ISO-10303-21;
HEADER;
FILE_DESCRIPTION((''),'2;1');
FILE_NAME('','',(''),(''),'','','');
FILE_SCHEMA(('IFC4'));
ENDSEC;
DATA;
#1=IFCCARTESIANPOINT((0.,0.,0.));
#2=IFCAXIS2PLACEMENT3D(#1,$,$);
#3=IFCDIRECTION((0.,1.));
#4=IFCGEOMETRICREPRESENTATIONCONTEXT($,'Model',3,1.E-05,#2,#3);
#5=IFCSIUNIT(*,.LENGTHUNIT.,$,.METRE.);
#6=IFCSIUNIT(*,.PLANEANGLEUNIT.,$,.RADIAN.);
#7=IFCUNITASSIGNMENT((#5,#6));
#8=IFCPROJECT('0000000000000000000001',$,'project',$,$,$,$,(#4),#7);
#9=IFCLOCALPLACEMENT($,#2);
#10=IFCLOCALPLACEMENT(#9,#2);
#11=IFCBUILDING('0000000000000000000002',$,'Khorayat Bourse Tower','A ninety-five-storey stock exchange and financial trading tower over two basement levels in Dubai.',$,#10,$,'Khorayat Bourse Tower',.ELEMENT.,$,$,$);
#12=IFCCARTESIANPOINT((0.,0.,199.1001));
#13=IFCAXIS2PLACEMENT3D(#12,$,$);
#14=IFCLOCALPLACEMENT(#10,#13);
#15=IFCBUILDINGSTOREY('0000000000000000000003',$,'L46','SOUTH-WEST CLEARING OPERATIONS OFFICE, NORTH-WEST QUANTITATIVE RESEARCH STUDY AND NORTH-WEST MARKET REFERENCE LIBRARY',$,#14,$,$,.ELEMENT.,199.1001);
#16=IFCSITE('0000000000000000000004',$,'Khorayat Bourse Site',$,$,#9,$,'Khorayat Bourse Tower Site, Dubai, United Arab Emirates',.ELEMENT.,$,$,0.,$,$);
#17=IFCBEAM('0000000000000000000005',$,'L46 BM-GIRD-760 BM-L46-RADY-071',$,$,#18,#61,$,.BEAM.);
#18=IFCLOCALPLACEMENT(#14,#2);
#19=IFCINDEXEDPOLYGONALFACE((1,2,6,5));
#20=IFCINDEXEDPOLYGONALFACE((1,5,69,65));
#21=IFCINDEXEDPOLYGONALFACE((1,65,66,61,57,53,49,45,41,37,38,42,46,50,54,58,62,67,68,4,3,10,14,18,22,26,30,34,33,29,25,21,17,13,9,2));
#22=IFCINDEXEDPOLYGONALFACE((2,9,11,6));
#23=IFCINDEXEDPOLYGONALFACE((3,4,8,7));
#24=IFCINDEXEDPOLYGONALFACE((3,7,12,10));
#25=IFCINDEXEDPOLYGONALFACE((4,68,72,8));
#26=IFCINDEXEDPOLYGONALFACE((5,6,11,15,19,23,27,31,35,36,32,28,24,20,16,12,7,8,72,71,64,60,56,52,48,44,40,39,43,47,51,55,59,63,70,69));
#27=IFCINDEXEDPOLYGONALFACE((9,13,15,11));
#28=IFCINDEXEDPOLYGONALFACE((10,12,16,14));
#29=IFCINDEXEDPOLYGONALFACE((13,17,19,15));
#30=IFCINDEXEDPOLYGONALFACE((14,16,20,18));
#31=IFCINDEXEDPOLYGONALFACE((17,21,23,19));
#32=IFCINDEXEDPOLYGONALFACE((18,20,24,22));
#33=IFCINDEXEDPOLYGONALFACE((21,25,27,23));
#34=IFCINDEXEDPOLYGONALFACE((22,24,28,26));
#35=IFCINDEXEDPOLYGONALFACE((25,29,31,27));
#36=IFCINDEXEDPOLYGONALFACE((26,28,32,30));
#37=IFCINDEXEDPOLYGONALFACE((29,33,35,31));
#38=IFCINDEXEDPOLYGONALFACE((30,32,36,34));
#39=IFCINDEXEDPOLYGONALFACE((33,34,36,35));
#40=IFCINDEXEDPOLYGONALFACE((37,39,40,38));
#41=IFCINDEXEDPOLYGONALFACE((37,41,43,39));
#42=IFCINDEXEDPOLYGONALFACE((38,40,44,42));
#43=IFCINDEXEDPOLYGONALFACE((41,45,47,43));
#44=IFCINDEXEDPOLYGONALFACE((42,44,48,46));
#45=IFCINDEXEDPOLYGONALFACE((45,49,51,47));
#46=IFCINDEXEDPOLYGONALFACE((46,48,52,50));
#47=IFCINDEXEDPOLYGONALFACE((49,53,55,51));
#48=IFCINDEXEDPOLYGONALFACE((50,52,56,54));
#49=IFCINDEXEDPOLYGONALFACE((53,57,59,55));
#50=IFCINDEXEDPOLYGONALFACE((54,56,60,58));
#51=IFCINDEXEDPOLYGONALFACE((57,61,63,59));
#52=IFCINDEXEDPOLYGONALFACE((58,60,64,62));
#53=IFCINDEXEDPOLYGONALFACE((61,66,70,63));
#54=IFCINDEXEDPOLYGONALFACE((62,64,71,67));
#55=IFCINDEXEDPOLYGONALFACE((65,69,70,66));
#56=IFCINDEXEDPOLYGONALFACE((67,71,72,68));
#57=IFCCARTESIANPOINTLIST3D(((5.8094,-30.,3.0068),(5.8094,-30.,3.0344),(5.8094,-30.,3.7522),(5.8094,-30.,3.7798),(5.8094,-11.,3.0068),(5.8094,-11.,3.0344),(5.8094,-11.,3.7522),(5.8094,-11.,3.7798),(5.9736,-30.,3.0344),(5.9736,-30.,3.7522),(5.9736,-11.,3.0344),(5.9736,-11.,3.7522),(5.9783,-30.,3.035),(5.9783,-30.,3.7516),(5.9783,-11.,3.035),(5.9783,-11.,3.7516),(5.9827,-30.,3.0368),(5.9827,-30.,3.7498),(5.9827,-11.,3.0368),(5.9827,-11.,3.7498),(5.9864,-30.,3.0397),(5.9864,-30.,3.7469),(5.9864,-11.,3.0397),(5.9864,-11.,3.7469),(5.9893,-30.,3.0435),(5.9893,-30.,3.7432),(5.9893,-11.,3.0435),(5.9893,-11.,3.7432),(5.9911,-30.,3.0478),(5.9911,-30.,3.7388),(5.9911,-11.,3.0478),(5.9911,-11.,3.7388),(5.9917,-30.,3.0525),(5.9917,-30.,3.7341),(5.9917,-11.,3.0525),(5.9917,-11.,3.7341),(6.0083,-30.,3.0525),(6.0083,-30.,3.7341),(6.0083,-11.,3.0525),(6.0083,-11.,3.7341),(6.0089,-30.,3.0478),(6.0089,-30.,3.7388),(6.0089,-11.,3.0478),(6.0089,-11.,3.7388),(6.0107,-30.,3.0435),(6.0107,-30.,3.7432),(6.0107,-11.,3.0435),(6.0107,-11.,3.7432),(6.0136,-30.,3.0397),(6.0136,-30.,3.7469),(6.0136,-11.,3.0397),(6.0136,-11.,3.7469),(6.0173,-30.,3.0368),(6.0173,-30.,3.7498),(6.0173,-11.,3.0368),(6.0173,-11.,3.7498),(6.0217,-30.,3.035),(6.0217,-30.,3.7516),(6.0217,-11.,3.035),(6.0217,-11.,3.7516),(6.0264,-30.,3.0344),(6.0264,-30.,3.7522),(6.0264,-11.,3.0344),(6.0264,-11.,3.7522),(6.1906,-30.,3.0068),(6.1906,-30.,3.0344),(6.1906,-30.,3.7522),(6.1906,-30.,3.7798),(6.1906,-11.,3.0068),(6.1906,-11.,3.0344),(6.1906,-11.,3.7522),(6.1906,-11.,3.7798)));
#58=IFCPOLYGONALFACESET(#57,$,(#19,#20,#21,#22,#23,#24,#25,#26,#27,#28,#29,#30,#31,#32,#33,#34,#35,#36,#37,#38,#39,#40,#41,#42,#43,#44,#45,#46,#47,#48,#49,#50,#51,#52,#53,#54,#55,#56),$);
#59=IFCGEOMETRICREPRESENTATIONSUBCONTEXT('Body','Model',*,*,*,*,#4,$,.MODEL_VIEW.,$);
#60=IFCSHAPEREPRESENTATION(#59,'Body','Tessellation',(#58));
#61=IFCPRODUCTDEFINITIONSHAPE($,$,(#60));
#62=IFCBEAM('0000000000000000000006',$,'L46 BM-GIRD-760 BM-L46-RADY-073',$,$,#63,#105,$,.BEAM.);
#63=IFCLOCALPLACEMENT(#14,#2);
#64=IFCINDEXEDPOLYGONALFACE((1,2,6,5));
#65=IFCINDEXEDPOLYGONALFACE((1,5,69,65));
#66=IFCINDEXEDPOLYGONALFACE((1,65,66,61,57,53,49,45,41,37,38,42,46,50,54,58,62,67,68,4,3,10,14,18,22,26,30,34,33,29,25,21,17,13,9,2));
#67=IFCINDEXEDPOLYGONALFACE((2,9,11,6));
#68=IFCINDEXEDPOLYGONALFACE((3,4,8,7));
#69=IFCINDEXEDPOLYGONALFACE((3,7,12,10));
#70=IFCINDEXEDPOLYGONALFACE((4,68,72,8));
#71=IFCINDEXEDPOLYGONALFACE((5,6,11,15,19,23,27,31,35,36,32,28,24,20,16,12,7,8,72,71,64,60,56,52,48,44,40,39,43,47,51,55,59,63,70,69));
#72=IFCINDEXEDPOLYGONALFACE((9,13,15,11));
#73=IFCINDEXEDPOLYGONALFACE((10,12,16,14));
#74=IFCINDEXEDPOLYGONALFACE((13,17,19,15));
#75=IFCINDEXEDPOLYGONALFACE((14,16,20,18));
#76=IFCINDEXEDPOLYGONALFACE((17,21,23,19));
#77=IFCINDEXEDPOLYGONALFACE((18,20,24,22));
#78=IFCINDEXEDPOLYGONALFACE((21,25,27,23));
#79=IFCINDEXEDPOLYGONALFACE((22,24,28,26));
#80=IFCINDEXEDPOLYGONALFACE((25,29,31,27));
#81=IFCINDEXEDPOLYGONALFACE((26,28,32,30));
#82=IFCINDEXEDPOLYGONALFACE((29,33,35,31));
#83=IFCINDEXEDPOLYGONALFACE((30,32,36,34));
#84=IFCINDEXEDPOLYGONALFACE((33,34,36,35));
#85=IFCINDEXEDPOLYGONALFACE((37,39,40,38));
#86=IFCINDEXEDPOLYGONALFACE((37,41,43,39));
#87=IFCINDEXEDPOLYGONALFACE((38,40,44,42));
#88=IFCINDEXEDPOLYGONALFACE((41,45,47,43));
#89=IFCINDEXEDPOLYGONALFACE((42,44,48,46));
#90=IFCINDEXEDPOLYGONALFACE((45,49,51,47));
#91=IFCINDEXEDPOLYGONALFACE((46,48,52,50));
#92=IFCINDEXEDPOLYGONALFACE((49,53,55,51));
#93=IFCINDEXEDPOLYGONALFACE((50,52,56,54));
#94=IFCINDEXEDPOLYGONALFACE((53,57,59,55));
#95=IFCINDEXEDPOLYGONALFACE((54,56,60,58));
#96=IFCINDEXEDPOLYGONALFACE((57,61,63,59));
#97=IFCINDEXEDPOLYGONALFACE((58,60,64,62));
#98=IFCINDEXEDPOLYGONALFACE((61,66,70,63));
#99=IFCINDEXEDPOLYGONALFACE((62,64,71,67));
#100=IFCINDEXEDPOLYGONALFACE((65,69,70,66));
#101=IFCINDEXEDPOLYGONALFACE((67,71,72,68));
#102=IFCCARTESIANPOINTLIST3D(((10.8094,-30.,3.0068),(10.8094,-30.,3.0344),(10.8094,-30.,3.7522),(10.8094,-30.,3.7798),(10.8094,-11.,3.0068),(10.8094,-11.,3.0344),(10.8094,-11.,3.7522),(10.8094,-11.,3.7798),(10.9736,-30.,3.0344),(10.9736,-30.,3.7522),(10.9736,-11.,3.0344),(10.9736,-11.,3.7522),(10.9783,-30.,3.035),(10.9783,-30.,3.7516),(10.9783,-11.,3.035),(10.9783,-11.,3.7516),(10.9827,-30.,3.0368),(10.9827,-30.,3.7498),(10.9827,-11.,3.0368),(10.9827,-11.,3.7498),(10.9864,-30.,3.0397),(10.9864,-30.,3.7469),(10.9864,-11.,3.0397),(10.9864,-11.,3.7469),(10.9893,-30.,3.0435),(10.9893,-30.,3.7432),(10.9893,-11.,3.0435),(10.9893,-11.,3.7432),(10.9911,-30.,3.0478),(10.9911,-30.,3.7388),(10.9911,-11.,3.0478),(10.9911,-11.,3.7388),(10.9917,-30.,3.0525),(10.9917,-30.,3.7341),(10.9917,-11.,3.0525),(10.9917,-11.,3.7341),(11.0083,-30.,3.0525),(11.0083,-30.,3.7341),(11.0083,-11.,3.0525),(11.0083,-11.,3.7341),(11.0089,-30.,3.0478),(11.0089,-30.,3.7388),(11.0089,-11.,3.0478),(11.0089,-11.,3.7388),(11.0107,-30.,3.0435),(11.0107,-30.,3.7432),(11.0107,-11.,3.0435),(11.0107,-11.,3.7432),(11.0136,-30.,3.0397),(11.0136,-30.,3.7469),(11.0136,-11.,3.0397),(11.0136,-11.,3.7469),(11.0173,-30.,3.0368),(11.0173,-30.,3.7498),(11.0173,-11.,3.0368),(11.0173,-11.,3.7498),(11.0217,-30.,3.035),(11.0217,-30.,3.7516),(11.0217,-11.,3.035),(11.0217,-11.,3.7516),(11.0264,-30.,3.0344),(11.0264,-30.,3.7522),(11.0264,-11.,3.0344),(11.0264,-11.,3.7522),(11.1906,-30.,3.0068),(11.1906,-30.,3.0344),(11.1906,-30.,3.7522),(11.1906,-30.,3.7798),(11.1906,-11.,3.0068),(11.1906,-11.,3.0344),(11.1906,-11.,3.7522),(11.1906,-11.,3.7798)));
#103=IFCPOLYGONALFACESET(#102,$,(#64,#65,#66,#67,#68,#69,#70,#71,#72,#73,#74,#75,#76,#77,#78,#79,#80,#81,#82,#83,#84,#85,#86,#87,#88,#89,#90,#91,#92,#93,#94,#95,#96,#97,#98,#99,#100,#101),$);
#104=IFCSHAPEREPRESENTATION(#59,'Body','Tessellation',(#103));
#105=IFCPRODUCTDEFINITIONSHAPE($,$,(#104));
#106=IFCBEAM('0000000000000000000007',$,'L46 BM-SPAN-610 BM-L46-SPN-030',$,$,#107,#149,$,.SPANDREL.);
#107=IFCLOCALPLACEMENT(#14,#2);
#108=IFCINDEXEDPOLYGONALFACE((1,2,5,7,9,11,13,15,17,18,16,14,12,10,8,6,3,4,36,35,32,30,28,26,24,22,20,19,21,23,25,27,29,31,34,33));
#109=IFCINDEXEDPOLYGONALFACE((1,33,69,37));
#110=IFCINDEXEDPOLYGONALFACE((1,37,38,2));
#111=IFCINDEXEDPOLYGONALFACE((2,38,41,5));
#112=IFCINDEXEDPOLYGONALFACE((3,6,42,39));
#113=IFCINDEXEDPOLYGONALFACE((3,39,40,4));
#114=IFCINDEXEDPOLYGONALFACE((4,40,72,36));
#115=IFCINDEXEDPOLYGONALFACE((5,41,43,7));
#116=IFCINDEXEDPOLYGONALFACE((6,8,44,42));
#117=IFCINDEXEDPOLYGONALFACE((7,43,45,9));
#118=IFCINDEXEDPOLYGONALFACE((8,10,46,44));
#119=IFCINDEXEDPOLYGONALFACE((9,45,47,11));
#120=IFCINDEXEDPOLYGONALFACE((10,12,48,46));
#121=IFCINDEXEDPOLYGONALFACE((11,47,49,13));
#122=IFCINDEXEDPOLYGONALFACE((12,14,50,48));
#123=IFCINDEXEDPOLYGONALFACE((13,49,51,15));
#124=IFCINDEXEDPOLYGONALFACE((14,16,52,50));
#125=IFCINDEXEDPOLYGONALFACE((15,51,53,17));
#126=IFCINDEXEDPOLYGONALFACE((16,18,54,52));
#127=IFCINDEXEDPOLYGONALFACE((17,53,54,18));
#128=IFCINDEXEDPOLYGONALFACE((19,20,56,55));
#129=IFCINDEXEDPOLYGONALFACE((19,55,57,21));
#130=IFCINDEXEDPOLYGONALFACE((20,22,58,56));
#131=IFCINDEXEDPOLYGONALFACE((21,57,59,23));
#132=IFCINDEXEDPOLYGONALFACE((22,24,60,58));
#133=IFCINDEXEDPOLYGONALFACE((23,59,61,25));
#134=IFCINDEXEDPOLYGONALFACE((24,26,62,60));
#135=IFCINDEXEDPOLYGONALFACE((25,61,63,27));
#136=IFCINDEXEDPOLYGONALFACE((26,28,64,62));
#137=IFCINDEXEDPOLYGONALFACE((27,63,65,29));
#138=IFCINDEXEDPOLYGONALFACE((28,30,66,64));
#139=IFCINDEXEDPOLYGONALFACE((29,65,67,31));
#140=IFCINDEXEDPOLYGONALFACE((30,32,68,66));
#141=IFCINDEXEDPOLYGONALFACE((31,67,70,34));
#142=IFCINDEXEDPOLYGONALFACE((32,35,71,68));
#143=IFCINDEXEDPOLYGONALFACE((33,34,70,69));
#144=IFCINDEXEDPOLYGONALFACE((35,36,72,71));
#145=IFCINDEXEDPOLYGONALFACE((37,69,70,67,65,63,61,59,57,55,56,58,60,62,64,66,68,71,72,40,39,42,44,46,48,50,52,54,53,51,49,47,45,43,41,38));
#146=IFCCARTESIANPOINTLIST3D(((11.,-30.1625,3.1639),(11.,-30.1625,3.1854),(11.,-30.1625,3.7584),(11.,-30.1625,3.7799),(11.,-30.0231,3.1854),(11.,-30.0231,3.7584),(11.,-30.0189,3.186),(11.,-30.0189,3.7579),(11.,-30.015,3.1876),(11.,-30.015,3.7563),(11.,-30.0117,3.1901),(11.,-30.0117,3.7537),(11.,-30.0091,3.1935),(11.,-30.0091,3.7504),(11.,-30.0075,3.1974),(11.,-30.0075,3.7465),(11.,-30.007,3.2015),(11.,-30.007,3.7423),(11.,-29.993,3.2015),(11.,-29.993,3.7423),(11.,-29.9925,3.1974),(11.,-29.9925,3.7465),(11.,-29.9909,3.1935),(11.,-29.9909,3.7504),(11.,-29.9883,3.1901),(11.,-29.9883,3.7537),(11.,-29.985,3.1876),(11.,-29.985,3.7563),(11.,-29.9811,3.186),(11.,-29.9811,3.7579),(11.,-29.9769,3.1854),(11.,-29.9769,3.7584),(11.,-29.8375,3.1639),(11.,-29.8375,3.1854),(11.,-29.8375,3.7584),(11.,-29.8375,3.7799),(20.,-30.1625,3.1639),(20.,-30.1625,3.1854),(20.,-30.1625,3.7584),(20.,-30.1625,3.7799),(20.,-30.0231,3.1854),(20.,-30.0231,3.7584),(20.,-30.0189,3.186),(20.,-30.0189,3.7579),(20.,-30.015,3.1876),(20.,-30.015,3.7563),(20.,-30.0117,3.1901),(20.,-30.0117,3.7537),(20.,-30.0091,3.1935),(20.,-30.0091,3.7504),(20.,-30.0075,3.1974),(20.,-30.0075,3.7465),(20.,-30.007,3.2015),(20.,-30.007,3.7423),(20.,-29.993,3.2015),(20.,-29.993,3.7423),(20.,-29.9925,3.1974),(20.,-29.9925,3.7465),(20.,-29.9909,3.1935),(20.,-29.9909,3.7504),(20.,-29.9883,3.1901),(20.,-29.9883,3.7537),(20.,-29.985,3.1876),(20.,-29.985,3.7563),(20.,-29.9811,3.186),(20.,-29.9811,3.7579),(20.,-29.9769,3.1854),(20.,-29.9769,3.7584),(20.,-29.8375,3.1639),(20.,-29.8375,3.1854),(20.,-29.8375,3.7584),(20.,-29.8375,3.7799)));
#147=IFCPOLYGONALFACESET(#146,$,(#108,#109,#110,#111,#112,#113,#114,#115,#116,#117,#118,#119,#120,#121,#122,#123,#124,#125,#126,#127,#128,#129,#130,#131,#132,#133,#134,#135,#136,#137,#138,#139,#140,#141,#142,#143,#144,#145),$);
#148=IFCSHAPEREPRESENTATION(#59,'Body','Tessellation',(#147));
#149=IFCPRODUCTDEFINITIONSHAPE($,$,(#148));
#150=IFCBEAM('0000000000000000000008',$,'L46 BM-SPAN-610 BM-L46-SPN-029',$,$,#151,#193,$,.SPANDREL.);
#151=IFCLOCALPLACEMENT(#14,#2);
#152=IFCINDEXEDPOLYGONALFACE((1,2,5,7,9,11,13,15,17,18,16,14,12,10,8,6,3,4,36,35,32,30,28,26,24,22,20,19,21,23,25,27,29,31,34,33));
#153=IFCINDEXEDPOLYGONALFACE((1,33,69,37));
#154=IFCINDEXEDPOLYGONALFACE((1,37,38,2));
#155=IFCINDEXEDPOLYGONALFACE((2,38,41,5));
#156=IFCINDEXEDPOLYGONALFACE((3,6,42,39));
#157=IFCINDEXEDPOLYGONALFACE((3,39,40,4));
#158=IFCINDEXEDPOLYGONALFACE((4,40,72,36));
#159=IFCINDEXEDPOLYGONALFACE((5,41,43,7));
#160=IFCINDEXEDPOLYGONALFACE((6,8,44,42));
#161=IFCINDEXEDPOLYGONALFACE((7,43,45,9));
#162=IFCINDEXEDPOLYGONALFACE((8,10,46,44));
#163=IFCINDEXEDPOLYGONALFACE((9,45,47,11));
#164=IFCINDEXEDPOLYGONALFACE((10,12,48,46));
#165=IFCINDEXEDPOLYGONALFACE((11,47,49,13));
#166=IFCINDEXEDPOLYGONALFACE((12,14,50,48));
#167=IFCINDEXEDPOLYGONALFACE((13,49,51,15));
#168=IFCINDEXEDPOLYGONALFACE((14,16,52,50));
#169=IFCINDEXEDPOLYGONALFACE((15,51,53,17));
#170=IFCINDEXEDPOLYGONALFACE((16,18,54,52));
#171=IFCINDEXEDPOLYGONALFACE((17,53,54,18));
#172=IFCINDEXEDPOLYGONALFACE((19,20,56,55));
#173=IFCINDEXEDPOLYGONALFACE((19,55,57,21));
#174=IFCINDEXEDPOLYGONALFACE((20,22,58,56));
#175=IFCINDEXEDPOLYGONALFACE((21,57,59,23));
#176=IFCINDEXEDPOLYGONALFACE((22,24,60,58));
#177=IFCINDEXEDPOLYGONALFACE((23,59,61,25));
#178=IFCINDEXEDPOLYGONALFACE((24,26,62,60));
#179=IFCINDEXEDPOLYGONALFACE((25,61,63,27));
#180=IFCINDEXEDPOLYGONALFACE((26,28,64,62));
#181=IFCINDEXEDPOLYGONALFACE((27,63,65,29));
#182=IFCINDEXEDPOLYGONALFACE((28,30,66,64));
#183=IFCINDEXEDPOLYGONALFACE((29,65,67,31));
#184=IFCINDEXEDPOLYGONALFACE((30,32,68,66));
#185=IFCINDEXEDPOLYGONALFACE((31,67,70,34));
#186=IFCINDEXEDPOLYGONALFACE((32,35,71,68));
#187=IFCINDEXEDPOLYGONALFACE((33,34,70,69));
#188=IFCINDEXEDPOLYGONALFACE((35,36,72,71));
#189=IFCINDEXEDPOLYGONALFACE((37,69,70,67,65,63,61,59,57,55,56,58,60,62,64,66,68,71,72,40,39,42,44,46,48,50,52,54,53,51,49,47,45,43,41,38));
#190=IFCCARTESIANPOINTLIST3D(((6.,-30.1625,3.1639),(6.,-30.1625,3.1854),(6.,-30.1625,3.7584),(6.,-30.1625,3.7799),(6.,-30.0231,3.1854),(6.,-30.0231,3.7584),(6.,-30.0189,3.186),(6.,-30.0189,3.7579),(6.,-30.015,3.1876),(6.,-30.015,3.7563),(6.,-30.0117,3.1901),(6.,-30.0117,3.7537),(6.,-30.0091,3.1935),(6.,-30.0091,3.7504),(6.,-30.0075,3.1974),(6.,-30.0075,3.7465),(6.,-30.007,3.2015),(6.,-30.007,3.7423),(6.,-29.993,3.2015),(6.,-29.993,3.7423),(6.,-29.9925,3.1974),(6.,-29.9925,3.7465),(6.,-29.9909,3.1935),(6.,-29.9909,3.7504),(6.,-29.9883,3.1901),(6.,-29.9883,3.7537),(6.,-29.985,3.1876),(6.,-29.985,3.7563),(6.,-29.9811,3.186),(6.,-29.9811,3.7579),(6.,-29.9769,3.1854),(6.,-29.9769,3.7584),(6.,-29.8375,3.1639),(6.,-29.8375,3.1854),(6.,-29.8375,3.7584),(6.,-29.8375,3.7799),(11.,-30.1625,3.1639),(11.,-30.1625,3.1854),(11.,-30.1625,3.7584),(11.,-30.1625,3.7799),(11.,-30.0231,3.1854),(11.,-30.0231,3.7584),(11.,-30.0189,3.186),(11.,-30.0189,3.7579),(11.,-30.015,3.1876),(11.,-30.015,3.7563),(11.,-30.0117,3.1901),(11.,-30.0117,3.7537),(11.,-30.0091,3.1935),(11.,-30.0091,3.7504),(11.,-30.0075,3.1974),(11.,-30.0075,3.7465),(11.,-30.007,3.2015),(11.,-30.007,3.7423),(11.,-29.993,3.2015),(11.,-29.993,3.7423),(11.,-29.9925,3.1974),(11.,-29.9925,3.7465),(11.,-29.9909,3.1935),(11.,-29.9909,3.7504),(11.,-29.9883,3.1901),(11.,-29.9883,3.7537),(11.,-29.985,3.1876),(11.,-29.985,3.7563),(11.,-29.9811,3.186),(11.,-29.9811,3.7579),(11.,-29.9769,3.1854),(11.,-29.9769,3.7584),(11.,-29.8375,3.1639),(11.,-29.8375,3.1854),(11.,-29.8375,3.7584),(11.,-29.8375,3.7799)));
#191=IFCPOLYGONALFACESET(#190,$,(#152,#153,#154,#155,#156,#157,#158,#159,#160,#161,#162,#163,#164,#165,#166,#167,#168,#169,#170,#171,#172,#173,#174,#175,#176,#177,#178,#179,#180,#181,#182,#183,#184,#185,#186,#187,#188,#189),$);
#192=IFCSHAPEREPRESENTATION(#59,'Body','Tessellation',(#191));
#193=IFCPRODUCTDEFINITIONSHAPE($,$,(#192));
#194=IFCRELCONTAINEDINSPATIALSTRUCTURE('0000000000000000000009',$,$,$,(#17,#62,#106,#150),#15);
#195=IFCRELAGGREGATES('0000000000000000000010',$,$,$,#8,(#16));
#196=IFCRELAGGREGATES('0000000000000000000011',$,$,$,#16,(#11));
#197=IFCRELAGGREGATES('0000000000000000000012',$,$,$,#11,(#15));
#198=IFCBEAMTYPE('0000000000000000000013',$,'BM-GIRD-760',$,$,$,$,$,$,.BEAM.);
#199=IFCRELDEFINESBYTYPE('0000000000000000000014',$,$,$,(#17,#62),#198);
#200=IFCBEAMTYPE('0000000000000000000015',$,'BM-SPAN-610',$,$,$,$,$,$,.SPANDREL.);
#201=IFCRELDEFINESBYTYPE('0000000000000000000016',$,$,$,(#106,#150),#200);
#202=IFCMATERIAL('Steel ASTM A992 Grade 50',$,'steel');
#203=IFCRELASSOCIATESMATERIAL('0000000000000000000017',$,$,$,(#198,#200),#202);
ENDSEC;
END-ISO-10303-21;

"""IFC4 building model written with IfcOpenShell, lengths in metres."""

from ifc_helpers import new_model, si_unit, direction, frame, origin, origin_2d, place, context, subcontext, project, spatial, i_section, extrude, source, transform, mapped, material, material_profile, profile_set, type_object, element, save


model = new_model("IFC4")

# Units and contexts
model_context = context("Model", 3, precision=1e-05, world=origin(), true_north=direction((0.0, 1.0)))
body_context = subcontext(model_context, "Body", "Model", "MODEL_VIEW")
ifc_project = project(units=[si_unit("LENGTHUNIT", "METRE"), si_unit("PLANEANGLEUNIT", "RADIAN")], contexts=[model_context])

# Site, building, storey
site_placement = place(None, origin())
site = spatial("IfcSite", under=ifc_project, at=site_placement, Name="Khorayat Bourse Site", LongName="Khorayat Bourse Tower Site, Dubai, United Arab Emirates", CompositionType="ELEMENT", RefElevation=0.0)
building_placement = place(site_placement, origin())
building = spatial("IfcBuilding", under=site, at=building_placement, Name="Khorayat Bourse Tower", Description="A ninety-five-storey stock exchange and financial trading tower over two basement levels in Dubai.", LongName="Khorayat Bourse Tower", CompositionType="ELEMENT")
storey_placement = place(building_placement, frame((0.0, 0.0, 199.1001)))
storey = spatial("IfcBuildingStorey", under=building, at=storey_placement, Name="L46", Description="SOUTH-WEST CLEARING OPERATIONS OFFICE, NORTH-WEST QUANTITATIVE RESEARCH STUDY AND NORTH-WEST MARKET REFERENCE LIBRARY", CompositionType="ELEMENT", Elevation=199.1001)

# Beams
ifc_material_1 = material(Name="Steel ASTM A992 Grade 50", Category="steel")
ifc_material_profile_1 = material_profile(ifc_material_1, i_section(OverallWidth=0.3811, OverallDepth=0.7729, WebThickness=0.0166, FlangeThickness=0.0276, FilletRadius=0.0181, at=origin_2d()), Name="W760X257")
ifc_profile_set_1 = profile_set([ifc_material_profile_1], Name="Steel ASTM A992 Grade 50")
beam_type_1 = type_object("IfcBeamType", Name="BM-GIRD-760", PredefinedType="BEAM", material=ifc_profile_set_1)
shared_shape_1 = source(origin(), body_context, "Body", "SweptSolid", [
    extrude(i_section(OverallWidth=0.3811, OverallDepth=0.7729, WebThickness=0.0166, FlangeThickness=0.0276, FilletRadius=0.0181, at=origin_2d()), origin(), (0.0, 0.0, 1.0), 19.0),
])
for number, where, z_axis, x_axis, name in (
    (1, (6.0, -30.0, 3.3933), (0.0, 1.0, 0.0), (-1.0, 0.0, 0.0), "L46 BM-GIRD-760 BM-L46-RADY-071"),
    (2, (11.0, -30.0, 3.3933), (0.0, 1.0, 0.0), (-1.0, 0.0, 0.0), "L46 BM-GIRD-760 BM-L46-RADY-073"),
):
    element("IfcBeam", number, at=place(storey_placement, frame(where, z_axis=z_axis, x_axis=x_axis)), inside=storey, type_object=beam_type_1, Name=name, PredefinedType="BEAM", context=body_context, shape_type="MappedRepresentation", body=[
        mapped(shared_shape_1, transform((0.0, 0.0, 0.0), scale=1.0)),
    ])
ifc_material_profile_2 = material_profile(ifc_material_1, i_section(OverallWidth=0.325, OverallDepth=0.616, WebThickness=0.0139, FlangeThickness=0.0215, FilletRadius=0.0161, at=origin_2d()), Name="W610X174")
ifc_profile_set_2 = profile_set([ifc_material_profile_2], Name="Steel ASTM A992 Grade 50")
beam_type_2 = type_object("IfcBeamType", Name="BM-SPAN-610", PredefinedType="SPANDREL", material=ifc_profile_set_2)
shared_shape_2 = source(origin(), body_context, "Body", "SweptSolid", [
    extrude(i_section(OverallWidth=0.325, OverallDepth=0.616, WebThickness=0.0139, FlangeThickness=0.0215, FilletRadius=0.0161, at=origin_2d()), origin(), (0.0, 0.0, 1.0), 9.0),
])
beam_1_placement = place(storey_placement, frame((11.0, -30.0, 3.4719), z_axis=(1.0, 0.0, 0.0), x_axis=(0.0, 1.0, 0.0)))
element("IfcBeam", 3, at=beam_1_placement, inside=storey, type_object=beam_type_2, Name="L46 BM-SPAN-610 BM-L46-SPN-030", PredefinedType="SPANDREL", context=body_context, shape_type="MappedRepresentation", body=[
    mapped(shared_shape_2, transform((0.0, 0.0, 0.0), scale=1.0)),
])
shared_shape_3 = source(origin(), body_context, "Body", "SweptSolid", [
    extrude(i_section(OverallWidth=0.325, OverallDepth=0.616, WebThickness=0.0139, FlangeThickness=0.0215, FilletRadius=0.0161, at=origin_2d()), origin(), (0.0, 0.0, 1.0), 5.0),
])
beam_2_placement = place(storey_placement, frame((6.0, -30.0, 3.4719), z_axis=(1.0, 0.0, 0.0), x_axis=(0.0, 1.0, 0.0)))
element("IfcBeam", 4, at=beam_2_placement, inside=storey, type_object=beam_type_2, Name="L46 BM-SPAN-610 BM-L46-SPN-029", PredefinedType="SPANDREL", context=body_context, shape_type="MappedRepresentation", body=[
    mapped(shared_shape_3, transform((0.0, 0.0, 0.0), scale=1.0)),
])

save(model, "model.ifc")
